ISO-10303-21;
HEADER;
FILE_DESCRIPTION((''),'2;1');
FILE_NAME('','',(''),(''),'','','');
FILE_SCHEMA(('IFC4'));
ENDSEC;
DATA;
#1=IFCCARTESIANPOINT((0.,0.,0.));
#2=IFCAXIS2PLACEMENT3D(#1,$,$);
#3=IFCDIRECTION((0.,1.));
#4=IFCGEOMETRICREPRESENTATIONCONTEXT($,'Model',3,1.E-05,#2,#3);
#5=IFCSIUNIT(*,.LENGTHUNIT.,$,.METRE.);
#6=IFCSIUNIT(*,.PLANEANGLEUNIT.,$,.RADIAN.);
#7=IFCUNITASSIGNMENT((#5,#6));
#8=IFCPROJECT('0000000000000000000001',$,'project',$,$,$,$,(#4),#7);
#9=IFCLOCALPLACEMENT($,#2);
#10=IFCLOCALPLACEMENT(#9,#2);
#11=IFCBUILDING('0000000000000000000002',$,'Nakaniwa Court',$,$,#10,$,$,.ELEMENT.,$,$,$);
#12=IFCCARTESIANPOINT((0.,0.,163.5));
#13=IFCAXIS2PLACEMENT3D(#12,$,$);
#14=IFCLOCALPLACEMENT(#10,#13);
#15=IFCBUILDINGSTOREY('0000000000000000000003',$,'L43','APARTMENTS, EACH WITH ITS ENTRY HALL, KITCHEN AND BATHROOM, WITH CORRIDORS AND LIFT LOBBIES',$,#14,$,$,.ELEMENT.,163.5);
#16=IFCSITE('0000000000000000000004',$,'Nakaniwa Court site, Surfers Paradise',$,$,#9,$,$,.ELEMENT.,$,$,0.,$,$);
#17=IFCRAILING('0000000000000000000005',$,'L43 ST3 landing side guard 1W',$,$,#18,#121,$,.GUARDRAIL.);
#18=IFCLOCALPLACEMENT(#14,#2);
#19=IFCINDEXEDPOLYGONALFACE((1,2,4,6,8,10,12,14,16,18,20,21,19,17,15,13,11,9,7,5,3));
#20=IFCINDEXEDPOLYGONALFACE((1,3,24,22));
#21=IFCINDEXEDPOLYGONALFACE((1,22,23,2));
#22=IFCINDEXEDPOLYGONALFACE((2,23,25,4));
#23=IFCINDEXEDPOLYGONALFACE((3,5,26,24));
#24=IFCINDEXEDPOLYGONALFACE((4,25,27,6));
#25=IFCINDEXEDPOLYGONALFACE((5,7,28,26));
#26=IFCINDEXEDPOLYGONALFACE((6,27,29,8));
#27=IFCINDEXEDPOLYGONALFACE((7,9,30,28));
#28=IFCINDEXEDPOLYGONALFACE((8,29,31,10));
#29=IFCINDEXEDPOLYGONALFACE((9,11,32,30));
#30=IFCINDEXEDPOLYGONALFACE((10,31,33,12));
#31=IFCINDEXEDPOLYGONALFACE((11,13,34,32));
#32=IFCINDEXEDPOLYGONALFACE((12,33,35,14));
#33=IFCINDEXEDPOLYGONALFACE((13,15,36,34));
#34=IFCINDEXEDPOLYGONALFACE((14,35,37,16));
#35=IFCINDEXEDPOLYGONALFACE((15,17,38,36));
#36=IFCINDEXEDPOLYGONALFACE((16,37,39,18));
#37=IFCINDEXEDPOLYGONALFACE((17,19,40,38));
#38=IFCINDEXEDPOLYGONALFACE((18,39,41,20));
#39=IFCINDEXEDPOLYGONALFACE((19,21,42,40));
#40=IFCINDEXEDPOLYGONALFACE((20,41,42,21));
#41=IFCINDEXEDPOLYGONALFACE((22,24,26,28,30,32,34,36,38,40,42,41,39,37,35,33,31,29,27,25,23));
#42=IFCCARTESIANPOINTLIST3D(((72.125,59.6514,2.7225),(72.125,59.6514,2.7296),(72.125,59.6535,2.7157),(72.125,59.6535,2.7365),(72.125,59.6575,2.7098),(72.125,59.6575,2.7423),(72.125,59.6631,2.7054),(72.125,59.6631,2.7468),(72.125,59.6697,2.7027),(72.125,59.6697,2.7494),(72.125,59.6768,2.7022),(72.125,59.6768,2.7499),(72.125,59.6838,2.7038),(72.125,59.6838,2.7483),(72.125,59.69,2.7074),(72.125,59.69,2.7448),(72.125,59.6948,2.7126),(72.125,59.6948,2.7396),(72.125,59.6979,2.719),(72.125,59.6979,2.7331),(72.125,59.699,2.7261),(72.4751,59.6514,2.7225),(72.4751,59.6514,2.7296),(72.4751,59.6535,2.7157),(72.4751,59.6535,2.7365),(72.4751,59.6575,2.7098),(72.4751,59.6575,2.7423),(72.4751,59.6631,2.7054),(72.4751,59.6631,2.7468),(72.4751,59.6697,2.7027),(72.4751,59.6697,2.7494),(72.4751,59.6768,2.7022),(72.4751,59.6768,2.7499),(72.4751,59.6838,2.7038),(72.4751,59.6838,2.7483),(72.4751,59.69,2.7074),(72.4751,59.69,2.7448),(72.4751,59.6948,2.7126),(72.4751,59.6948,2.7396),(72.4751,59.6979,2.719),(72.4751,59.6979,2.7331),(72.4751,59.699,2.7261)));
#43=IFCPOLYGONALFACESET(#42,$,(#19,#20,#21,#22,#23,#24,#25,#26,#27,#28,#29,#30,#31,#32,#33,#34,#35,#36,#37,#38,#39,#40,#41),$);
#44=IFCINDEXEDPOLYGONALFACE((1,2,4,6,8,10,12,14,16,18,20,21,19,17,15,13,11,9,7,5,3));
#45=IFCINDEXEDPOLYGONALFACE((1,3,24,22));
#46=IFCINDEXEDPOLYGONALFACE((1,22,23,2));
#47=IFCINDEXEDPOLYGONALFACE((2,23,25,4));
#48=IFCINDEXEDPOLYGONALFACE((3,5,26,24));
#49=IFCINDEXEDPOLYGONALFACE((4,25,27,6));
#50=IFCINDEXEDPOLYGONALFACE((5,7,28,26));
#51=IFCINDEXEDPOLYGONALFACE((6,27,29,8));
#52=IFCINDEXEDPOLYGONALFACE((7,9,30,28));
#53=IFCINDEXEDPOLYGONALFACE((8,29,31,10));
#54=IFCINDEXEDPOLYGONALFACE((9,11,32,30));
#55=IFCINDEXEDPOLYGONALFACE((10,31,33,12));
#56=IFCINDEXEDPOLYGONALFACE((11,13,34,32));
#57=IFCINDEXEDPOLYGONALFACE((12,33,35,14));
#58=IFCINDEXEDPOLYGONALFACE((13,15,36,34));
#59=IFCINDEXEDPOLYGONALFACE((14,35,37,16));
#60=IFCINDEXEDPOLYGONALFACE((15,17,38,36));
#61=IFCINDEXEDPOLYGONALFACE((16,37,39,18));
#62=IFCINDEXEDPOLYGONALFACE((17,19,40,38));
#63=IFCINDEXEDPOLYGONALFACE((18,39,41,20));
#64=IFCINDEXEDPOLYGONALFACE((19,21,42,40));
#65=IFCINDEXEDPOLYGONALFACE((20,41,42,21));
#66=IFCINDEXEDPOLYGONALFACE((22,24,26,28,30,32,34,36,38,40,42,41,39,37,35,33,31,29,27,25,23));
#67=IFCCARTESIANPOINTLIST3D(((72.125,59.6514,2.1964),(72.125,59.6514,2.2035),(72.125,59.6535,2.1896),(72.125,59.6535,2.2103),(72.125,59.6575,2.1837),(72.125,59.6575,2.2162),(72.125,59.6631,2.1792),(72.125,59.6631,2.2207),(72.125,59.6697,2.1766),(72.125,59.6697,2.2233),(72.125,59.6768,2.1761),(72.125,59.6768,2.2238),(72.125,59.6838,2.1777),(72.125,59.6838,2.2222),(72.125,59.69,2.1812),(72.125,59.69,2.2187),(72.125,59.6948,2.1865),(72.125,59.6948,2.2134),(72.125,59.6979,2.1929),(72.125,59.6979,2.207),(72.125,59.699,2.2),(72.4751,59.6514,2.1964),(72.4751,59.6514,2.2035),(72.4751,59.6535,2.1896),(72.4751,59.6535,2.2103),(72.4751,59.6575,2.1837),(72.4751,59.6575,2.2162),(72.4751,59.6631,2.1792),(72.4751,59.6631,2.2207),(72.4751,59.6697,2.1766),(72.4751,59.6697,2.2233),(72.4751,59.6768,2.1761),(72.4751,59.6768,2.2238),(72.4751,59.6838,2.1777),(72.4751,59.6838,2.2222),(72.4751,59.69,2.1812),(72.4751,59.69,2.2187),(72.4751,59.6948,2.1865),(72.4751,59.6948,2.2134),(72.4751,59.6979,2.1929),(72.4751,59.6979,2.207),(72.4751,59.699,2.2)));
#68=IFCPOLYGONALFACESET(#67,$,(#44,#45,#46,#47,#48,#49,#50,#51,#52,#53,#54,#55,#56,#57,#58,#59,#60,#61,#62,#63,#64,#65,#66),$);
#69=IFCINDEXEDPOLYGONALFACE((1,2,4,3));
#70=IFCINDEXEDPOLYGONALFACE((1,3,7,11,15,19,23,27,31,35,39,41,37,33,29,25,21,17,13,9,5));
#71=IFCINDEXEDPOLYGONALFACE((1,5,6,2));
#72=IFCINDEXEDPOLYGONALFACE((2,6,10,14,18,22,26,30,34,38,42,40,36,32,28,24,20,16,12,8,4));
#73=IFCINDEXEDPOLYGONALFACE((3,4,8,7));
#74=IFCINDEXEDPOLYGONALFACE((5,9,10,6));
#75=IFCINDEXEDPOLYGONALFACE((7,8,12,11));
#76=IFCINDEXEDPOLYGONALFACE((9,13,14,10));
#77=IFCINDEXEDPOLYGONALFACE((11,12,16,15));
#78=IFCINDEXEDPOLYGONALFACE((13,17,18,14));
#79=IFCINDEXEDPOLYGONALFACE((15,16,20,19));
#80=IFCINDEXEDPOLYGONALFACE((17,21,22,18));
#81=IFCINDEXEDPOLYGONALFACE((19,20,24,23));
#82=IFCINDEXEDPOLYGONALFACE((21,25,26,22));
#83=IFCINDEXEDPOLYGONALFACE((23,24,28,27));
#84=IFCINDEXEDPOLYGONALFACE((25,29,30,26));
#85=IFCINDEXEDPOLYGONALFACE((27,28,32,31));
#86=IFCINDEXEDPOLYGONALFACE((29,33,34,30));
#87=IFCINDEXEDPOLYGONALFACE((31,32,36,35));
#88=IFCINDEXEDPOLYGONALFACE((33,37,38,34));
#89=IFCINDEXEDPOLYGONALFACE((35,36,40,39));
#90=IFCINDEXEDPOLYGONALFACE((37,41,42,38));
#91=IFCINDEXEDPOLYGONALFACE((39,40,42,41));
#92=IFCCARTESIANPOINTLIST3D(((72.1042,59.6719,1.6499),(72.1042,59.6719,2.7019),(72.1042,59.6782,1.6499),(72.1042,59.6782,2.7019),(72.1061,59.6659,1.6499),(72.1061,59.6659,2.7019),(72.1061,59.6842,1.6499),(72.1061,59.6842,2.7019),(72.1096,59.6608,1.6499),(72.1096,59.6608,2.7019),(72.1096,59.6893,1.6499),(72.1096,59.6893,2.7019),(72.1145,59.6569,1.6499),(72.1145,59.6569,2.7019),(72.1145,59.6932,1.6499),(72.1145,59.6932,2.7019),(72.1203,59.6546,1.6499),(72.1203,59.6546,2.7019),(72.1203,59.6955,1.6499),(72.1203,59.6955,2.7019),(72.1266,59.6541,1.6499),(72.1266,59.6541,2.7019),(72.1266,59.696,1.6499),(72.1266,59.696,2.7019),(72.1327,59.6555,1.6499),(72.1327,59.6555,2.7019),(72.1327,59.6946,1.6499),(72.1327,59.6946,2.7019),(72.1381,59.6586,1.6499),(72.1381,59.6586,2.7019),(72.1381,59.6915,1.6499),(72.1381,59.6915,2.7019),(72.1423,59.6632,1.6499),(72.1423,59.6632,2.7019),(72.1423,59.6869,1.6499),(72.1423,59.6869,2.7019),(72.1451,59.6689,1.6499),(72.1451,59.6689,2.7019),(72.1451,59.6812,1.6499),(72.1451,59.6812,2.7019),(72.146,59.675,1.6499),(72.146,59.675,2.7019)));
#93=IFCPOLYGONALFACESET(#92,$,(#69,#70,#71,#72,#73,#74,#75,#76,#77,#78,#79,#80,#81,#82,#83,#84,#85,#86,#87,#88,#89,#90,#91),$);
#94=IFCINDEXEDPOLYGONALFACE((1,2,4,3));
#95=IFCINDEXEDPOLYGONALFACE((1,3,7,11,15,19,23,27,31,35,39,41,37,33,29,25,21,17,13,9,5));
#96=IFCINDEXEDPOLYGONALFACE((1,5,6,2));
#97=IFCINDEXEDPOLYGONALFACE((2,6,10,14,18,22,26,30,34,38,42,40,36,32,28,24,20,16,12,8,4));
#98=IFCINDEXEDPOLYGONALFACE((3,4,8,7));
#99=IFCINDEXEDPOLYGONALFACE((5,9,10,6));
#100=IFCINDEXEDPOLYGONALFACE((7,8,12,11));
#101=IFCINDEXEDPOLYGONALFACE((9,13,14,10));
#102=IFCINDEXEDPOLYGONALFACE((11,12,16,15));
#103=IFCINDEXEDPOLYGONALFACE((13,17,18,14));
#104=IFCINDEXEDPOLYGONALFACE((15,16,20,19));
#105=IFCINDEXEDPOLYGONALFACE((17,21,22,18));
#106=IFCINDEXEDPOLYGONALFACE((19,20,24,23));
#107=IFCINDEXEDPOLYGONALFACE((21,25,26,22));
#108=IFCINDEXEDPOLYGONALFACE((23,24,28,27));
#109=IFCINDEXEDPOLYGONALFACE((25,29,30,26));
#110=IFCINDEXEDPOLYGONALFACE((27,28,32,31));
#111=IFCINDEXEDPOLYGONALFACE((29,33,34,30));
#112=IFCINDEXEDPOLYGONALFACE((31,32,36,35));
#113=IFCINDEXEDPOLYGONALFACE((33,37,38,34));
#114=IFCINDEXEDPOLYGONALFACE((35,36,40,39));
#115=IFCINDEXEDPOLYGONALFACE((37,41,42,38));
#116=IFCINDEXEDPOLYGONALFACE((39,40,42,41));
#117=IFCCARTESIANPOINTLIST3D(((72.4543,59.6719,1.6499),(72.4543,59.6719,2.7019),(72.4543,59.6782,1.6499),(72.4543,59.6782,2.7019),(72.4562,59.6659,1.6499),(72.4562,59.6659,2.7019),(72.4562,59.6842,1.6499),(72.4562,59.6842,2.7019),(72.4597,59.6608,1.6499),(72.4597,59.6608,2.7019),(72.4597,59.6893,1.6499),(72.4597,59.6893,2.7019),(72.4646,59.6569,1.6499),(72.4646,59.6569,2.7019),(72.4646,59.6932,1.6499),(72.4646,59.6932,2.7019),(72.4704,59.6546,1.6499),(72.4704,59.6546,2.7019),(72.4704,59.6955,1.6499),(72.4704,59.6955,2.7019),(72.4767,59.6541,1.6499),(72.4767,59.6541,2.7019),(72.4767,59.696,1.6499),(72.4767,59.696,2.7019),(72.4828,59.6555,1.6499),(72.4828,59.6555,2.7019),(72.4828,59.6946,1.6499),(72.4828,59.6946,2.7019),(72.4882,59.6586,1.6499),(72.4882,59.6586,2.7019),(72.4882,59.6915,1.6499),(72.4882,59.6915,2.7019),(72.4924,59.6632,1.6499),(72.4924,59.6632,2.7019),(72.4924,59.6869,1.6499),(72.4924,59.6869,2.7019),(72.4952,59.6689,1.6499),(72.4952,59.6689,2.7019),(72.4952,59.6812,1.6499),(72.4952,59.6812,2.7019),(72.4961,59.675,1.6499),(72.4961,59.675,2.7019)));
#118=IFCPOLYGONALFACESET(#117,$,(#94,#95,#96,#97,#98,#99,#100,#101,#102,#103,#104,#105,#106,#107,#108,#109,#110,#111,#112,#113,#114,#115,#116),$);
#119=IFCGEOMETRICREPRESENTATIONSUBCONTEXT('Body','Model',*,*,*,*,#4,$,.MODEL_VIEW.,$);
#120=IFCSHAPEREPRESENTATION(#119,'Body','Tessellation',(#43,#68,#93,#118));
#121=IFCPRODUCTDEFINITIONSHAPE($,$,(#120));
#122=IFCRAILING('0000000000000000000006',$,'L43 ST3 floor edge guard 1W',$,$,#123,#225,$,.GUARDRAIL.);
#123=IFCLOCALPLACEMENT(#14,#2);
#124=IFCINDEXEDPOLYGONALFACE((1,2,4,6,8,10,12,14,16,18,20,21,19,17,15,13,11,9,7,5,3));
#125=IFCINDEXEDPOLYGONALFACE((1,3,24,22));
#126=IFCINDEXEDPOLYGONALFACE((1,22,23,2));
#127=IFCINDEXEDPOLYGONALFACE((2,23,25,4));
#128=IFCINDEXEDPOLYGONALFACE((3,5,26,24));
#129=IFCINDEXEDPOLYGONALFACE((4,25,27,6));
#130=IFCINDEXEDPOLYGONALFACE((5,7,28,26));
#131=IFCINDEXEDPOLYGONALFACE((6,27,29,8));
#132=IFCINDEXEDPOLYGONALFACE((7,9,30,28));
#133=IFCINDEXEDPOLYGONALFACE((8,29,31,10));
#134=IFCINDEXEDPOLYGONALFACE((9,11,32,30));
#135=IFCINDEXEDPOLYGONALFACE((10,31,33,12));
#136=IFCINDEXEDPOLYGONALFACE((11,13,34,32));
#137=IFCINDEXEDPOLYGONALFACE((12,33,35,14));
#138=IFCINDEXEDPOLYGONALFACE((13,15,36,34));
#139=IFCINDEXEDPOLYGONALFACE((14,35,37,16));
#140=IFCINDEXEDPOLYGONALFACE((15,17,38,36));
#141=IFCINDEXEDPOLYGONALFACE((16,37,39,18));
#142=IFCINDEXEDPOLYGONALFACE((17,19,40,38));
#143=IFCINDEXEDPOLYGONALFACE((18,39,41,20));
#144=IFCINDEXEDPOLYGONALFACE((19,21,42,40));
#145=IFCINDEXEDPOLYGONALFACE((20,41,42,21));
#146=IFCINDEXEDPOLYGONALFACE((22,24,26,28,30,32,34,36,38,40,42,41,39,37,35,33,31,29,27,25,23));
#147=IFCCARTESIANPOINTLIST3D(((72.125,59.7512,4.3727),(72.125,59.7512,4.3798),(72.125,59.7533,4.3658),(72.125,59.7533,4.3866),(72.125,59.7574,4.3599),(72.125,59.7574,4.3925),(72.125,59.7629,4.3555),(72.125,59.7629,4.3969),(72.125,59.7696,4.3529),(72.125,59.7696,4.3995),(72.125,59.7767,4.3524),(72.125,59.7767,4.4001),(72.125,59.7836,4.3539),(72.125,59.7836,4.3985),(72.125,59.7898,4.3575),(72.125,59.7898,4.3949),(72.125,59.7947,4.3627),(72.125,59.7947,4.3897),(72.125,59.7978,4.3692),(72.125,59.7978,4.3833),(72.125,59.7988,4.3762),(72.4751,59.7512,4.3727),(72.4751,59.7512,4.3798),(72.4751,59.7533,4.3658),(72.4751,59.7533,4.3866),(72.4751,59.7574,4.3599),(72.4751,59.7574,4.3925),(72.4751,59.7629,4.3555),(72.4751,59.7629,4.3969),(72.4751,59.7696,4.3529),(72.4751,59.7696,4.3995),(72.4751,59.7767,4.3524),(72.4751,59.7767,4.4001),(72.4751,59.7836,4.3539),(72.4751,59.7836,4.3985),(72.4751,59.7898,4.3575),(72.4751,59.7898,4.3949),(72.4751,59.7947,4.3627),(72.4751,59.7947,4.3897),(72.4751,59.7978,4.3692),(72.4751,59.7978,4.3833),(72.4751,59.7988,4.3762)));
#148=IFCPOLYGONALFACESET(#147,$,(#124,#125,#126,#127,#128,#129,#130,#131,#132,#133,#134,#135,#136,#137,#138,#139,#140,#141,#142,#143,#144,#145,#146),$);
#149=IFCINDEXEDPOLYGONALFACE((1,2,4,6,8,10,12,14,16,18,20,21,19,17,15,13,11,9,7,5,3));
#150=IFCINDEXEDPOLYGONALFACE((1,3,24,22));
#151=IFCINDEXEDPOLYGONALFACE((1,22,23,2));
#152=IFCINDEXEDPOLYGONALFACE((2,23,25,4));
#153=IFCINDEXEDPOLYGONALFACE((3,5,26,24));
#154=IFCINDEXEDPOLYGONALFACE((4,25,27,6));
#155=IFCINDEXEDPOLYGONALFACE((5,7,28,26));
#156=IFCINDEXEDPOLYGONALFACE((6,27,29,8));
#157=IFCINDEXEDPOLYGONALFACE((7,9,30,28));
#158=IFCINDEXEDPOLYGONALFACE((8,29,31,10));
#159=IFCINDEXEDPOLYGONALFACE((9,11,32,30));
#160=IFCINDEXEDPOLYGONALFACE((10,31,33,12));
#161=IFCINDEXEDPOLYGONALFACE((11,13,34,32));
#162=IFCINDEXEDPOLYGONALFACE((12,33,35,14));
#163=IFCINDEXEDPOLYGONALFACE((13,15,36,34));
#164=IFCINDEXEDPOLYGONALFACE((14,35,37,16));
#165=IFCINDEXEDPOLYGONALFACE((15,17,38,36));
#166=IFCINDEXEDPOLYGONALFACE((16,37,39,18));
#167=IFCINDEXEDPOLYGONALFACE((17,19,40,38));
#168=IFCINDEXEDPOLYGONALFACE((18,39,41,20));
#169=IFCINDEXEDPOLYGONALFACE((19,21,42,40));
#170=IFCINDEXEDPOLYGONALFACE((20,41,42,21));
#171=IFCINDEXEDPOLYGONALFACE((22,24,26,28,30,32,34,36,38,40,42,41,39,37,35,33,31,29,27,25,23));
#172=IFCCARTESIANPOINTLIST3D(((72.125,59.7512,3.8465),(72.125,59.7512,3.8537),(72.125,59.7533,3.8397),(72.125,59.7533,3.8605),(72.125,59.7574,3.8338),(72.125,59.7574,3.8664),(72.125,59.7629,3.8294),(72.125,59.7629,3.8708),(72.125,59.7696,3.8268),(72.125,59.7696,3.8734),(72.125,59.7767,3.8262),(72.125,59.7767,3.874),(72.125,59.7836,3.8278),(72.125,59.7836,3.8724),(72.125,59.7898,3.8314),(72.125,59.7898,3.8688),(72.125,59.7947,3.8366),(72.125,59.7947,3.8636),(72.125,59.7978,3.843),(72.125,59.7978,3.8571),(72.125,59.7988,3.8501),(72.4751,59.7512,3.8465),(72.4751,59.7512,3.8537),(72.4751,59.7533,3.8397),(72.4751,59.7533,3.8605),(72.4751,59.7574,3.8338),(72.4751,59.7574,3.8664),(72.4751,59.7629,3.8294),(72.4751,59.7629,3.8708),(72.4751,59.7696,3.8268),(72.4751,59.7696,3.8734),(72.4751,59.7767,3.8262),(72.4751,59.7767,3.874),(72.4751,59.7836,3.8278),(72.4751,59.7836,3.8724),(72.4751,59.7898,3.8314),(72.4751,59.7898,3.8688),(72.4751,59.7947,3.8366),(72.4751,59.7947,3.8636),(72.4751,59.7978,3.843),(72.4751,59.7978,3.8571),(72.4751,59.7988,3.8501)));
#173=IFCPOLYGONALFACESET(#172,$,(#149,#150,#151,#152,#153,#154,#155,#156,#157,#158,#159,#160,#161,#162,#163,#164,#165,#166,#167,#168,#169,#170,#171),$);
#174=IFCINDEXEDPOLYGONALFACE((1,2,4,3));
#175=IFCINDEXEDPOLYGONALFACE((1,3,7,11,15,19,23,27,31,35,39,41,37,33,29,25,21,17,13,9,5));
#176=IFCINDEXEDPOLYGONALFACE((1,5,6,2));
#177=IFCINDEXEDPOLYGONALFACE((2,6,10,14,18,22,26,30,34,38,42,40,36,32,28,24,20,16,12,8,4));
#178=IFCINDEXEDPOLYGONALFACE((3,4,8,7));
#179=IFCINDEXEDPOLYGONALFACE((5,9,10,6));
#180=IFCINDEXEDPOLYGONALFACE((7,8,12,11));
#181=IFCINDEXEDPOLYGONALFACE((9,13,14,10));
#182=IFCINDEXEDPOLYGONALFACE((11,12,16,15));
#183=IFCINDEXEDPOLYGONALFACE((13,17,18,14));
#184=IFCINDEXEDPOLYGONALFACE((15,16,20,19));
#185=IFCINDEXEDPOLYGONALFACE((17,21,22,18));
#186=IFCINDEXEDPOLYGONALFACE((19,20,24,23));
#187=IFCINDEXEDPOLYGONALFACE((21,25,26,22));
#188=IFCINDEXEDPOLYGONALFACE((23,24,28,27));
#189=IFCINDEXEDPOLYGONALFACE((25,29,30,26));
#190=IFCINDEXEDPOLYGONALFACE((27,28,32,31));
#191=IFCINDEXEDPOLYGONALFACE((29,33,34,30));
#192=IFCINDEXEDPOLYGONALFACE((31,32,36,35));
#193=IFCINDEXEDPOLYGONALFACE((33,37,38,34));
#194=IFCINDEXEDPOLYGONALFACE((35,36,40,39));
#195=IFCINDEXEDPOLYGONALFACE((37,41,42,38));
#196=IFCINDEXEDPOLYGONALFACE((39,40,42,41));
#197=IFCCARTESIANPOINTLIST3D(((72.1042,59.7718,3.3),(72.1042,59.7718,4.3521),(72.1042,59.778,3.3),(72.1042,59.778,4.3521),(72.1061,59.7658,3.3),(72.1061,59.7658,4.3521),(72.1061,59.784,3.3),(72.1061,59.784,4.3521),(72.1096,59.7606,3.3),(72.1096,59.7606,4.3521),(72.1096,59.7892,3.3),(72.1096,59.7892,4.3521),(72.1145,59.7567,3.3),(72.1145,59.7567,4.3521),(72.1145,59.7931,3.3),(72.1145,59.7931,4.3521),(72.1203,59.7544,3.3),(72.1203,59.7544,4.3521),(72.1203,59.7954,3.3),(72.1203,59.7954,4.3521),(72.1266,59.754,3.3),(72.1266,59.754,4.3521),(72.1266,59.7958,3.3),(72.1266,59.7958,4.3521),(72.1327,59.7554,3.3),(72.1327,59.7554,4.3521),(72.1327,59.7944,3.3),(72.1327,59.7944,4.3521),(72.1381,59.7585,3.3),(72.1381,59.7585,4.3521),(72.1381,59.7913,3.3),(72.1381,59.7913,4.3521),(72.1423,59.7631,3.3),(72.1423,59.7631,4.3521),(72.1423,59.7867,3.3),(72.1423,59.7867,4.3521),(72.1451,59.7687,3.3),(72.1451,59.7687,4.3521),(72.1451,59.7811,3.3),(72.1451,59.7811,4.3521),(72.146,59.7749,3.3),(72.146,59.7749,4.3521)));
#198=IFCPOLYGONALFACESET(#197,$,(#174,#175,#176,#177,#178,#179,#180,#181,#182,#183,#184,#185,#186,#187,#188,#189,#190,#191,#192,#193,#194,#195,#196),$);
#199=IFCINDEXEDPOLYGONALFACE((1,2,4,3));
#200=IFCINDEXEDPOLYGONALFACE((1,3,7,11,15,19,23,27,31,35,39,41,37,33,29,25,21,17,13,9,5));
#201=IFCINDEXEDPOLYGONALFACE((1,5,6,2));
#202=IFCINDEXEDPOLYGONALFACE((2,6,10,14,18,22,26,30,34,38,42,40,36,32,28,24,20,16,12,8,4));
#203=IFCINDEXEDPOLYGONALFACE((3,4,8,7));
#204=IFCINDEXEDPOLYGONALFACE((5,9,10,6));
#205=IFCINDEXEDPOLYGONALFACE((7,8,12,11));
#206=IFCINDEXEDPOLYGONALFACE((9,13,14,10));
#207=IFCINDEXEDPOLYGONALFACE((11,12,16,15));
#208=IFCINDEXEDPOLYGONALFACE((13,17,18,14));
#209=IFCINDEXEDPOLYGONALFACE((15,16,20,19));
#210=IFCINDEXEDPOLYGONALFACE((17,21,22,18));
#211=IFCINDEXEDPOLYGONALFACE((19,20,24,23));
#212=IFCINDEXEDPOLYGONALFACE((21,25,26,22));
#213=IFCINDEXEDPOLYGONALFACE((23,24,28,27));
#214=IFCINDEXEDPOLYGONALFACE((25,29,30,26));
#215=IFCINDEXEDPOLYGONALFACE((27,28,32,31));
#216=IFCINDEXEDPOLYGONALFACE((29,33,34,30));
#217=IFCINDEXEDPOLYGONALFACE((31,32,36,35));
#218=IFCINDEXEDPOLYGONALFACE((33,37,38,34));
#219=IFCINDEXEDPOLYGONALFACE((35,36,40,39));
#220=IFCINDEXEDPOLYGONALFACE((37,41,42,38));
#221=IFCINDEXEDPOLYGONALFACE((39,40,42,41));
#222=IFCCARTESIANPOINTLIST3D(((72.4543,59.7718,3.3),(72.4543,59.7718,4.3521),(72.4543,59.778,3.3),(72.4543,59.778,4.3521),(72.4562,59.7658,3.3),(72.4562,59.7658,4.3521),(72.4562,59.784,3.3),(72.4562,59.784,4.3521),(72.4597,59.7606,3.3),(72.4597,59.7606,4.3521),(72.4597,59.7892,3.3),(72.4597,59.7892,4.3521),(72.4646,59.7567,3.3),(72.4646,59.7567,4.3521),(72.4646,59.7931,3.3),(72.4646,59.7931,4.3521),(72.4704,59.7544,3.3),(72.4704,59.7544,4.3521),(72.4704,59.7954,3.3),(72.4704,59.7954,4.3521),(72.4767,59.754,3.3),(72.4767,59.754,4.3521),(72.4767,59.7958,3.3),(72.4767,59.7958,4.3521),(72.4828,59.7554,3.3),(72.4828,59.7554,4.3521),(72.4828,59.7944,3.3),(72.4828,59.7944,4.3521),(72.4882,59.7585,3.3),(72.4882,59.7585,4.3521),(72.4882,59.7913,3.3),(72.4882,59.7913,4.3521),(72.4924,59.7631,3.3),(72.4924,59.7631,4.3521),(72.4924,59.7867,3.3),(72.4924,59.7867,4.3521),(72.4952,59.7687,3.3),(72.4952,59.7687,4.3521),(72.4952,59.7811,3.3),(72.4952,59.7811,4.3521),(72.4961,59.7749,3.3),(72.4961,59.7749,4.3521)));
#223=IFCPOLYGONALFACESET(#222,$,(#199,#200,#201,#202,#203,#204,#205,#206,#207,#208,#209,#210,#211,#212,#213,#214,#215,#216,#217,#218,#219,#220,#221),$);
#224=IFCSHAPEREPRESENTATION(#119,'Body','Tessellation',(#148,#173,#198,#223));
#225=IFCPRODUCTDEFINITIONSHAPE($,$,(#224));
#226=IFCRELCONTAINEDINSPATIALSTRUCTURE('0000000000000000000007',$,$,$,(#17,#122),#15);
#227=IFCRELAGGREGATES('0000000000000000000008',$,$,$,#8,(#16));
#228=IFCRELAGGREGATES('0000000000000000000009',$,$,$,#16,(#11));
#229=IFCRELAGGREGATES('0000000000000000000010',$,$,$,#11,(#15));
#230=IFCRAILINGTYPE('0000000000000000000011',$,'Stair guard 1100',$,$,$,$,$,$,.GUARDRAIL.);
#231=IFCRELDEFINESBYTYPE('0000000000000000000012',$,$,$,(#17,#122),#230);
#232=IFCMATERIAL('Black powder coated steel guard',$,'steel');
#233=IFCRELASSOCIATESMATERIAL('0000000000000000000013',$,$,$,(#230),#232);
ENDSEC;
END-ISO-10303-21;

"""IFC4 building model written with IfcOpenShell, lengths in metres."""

from ifc_helpers import new_model, si_unit, direction, frame, origin, origin_2d, place, context, subcontext, project, spatial, circle, extrude, material, type_object, element, save


model = new_model("IFC4")

# Units and contexts
model_context = context("Model", 3, precision=1e-05, world=origin(), true_north=direction((0.0, 1.0)))
body_context = subcontext(model_context, "Body", "Model", "MODEL_VIEW")
ifc_project = project(units=[si_unit("LENGTHUNIT", "METRE"), si_unit("PLANEANGLEUNIT", "RADIAN")], contexts=[model_context])

# Site, building, storey
site_placement = place(None, origin())
site = spatial("IfcSite", under=ifc_project, at=site_placement, Name="Nakaniwa Court site, Surfers Paradise", CompositionType="ELEMENT", RefElevation=0.0)
building_placement = place(site_placement, origin())
building = spatial("IfcBuilding", under=site, at=building_placement, Name="Nakaniwa Court", CompositionType="ELEMENT")
storey_placement = place(building_placement, frame((0.0, 0.0, 163.5)))
storey = spatial("IfcBuildingStorey", under=building, at=storey_placement, Name="L43", Description="APARTMENTS, EACH WITH ITS ENTRY HALL, KITCHEN AND BATHROOM, WITH CORRIDORS AND LIFT LOBBIES", CompositionType="ELEMENT", Elevation=163.5)

# Railings
ifc_material_1 = material(Name="Black powder coated steel guard", Category="steel")
railing_type_1 = type_object("IfcRailingType", Name="Stair guard 1100", PredefinedType="GUARDRAIL", material=ifc_material_1)
for number, where, name in (
    (1, (72.125, 59.675, 1.6499), "L43 ST3 landing side guard 1W"),
    (2, (72.125, 59.7749, 3.3), "L43 ST3 floor edge guard 1W"),
):
    element("IfcRailing", number, at=place(storey_placement, frame(where)), inside=storey, type_object=railing_type_1, Name=name, PredefinedType="GUARDRAIL", context=body_context, shape_type="SweptSolid", body=[
        extrude(circle(Radius=0.0239, at=origin_2d()), frame((0.0, 0.0, 1.0762), z_axis=(1.0, 0.0, 0.0), x_axis=(0.0, 1.0, 0.0)), (0.0, 0.0, 1.0), 0.3501),
        extrude(circle(Radius=0.0239, at=origin_2d()), frame((0.0, 0.0, 0.55), z_axis=(1.0, 0.0, 0.0), x_axis=(0.0, 1.0, 0.0)), (0.0, 0.0, 1.0), 0.3501),
        extrude(circle(Radius=0.021, at=origin_2d()), origin(), (0.0, 0.0, 1.0), 1.052),
        extrude(circle(Radius=0.021, at=origin_2d()), frame((0.3501, 0.0, 0.0)), (0.0, 0.0, 1.0), 1.052),
    ])

save(model, "model.ifc")
